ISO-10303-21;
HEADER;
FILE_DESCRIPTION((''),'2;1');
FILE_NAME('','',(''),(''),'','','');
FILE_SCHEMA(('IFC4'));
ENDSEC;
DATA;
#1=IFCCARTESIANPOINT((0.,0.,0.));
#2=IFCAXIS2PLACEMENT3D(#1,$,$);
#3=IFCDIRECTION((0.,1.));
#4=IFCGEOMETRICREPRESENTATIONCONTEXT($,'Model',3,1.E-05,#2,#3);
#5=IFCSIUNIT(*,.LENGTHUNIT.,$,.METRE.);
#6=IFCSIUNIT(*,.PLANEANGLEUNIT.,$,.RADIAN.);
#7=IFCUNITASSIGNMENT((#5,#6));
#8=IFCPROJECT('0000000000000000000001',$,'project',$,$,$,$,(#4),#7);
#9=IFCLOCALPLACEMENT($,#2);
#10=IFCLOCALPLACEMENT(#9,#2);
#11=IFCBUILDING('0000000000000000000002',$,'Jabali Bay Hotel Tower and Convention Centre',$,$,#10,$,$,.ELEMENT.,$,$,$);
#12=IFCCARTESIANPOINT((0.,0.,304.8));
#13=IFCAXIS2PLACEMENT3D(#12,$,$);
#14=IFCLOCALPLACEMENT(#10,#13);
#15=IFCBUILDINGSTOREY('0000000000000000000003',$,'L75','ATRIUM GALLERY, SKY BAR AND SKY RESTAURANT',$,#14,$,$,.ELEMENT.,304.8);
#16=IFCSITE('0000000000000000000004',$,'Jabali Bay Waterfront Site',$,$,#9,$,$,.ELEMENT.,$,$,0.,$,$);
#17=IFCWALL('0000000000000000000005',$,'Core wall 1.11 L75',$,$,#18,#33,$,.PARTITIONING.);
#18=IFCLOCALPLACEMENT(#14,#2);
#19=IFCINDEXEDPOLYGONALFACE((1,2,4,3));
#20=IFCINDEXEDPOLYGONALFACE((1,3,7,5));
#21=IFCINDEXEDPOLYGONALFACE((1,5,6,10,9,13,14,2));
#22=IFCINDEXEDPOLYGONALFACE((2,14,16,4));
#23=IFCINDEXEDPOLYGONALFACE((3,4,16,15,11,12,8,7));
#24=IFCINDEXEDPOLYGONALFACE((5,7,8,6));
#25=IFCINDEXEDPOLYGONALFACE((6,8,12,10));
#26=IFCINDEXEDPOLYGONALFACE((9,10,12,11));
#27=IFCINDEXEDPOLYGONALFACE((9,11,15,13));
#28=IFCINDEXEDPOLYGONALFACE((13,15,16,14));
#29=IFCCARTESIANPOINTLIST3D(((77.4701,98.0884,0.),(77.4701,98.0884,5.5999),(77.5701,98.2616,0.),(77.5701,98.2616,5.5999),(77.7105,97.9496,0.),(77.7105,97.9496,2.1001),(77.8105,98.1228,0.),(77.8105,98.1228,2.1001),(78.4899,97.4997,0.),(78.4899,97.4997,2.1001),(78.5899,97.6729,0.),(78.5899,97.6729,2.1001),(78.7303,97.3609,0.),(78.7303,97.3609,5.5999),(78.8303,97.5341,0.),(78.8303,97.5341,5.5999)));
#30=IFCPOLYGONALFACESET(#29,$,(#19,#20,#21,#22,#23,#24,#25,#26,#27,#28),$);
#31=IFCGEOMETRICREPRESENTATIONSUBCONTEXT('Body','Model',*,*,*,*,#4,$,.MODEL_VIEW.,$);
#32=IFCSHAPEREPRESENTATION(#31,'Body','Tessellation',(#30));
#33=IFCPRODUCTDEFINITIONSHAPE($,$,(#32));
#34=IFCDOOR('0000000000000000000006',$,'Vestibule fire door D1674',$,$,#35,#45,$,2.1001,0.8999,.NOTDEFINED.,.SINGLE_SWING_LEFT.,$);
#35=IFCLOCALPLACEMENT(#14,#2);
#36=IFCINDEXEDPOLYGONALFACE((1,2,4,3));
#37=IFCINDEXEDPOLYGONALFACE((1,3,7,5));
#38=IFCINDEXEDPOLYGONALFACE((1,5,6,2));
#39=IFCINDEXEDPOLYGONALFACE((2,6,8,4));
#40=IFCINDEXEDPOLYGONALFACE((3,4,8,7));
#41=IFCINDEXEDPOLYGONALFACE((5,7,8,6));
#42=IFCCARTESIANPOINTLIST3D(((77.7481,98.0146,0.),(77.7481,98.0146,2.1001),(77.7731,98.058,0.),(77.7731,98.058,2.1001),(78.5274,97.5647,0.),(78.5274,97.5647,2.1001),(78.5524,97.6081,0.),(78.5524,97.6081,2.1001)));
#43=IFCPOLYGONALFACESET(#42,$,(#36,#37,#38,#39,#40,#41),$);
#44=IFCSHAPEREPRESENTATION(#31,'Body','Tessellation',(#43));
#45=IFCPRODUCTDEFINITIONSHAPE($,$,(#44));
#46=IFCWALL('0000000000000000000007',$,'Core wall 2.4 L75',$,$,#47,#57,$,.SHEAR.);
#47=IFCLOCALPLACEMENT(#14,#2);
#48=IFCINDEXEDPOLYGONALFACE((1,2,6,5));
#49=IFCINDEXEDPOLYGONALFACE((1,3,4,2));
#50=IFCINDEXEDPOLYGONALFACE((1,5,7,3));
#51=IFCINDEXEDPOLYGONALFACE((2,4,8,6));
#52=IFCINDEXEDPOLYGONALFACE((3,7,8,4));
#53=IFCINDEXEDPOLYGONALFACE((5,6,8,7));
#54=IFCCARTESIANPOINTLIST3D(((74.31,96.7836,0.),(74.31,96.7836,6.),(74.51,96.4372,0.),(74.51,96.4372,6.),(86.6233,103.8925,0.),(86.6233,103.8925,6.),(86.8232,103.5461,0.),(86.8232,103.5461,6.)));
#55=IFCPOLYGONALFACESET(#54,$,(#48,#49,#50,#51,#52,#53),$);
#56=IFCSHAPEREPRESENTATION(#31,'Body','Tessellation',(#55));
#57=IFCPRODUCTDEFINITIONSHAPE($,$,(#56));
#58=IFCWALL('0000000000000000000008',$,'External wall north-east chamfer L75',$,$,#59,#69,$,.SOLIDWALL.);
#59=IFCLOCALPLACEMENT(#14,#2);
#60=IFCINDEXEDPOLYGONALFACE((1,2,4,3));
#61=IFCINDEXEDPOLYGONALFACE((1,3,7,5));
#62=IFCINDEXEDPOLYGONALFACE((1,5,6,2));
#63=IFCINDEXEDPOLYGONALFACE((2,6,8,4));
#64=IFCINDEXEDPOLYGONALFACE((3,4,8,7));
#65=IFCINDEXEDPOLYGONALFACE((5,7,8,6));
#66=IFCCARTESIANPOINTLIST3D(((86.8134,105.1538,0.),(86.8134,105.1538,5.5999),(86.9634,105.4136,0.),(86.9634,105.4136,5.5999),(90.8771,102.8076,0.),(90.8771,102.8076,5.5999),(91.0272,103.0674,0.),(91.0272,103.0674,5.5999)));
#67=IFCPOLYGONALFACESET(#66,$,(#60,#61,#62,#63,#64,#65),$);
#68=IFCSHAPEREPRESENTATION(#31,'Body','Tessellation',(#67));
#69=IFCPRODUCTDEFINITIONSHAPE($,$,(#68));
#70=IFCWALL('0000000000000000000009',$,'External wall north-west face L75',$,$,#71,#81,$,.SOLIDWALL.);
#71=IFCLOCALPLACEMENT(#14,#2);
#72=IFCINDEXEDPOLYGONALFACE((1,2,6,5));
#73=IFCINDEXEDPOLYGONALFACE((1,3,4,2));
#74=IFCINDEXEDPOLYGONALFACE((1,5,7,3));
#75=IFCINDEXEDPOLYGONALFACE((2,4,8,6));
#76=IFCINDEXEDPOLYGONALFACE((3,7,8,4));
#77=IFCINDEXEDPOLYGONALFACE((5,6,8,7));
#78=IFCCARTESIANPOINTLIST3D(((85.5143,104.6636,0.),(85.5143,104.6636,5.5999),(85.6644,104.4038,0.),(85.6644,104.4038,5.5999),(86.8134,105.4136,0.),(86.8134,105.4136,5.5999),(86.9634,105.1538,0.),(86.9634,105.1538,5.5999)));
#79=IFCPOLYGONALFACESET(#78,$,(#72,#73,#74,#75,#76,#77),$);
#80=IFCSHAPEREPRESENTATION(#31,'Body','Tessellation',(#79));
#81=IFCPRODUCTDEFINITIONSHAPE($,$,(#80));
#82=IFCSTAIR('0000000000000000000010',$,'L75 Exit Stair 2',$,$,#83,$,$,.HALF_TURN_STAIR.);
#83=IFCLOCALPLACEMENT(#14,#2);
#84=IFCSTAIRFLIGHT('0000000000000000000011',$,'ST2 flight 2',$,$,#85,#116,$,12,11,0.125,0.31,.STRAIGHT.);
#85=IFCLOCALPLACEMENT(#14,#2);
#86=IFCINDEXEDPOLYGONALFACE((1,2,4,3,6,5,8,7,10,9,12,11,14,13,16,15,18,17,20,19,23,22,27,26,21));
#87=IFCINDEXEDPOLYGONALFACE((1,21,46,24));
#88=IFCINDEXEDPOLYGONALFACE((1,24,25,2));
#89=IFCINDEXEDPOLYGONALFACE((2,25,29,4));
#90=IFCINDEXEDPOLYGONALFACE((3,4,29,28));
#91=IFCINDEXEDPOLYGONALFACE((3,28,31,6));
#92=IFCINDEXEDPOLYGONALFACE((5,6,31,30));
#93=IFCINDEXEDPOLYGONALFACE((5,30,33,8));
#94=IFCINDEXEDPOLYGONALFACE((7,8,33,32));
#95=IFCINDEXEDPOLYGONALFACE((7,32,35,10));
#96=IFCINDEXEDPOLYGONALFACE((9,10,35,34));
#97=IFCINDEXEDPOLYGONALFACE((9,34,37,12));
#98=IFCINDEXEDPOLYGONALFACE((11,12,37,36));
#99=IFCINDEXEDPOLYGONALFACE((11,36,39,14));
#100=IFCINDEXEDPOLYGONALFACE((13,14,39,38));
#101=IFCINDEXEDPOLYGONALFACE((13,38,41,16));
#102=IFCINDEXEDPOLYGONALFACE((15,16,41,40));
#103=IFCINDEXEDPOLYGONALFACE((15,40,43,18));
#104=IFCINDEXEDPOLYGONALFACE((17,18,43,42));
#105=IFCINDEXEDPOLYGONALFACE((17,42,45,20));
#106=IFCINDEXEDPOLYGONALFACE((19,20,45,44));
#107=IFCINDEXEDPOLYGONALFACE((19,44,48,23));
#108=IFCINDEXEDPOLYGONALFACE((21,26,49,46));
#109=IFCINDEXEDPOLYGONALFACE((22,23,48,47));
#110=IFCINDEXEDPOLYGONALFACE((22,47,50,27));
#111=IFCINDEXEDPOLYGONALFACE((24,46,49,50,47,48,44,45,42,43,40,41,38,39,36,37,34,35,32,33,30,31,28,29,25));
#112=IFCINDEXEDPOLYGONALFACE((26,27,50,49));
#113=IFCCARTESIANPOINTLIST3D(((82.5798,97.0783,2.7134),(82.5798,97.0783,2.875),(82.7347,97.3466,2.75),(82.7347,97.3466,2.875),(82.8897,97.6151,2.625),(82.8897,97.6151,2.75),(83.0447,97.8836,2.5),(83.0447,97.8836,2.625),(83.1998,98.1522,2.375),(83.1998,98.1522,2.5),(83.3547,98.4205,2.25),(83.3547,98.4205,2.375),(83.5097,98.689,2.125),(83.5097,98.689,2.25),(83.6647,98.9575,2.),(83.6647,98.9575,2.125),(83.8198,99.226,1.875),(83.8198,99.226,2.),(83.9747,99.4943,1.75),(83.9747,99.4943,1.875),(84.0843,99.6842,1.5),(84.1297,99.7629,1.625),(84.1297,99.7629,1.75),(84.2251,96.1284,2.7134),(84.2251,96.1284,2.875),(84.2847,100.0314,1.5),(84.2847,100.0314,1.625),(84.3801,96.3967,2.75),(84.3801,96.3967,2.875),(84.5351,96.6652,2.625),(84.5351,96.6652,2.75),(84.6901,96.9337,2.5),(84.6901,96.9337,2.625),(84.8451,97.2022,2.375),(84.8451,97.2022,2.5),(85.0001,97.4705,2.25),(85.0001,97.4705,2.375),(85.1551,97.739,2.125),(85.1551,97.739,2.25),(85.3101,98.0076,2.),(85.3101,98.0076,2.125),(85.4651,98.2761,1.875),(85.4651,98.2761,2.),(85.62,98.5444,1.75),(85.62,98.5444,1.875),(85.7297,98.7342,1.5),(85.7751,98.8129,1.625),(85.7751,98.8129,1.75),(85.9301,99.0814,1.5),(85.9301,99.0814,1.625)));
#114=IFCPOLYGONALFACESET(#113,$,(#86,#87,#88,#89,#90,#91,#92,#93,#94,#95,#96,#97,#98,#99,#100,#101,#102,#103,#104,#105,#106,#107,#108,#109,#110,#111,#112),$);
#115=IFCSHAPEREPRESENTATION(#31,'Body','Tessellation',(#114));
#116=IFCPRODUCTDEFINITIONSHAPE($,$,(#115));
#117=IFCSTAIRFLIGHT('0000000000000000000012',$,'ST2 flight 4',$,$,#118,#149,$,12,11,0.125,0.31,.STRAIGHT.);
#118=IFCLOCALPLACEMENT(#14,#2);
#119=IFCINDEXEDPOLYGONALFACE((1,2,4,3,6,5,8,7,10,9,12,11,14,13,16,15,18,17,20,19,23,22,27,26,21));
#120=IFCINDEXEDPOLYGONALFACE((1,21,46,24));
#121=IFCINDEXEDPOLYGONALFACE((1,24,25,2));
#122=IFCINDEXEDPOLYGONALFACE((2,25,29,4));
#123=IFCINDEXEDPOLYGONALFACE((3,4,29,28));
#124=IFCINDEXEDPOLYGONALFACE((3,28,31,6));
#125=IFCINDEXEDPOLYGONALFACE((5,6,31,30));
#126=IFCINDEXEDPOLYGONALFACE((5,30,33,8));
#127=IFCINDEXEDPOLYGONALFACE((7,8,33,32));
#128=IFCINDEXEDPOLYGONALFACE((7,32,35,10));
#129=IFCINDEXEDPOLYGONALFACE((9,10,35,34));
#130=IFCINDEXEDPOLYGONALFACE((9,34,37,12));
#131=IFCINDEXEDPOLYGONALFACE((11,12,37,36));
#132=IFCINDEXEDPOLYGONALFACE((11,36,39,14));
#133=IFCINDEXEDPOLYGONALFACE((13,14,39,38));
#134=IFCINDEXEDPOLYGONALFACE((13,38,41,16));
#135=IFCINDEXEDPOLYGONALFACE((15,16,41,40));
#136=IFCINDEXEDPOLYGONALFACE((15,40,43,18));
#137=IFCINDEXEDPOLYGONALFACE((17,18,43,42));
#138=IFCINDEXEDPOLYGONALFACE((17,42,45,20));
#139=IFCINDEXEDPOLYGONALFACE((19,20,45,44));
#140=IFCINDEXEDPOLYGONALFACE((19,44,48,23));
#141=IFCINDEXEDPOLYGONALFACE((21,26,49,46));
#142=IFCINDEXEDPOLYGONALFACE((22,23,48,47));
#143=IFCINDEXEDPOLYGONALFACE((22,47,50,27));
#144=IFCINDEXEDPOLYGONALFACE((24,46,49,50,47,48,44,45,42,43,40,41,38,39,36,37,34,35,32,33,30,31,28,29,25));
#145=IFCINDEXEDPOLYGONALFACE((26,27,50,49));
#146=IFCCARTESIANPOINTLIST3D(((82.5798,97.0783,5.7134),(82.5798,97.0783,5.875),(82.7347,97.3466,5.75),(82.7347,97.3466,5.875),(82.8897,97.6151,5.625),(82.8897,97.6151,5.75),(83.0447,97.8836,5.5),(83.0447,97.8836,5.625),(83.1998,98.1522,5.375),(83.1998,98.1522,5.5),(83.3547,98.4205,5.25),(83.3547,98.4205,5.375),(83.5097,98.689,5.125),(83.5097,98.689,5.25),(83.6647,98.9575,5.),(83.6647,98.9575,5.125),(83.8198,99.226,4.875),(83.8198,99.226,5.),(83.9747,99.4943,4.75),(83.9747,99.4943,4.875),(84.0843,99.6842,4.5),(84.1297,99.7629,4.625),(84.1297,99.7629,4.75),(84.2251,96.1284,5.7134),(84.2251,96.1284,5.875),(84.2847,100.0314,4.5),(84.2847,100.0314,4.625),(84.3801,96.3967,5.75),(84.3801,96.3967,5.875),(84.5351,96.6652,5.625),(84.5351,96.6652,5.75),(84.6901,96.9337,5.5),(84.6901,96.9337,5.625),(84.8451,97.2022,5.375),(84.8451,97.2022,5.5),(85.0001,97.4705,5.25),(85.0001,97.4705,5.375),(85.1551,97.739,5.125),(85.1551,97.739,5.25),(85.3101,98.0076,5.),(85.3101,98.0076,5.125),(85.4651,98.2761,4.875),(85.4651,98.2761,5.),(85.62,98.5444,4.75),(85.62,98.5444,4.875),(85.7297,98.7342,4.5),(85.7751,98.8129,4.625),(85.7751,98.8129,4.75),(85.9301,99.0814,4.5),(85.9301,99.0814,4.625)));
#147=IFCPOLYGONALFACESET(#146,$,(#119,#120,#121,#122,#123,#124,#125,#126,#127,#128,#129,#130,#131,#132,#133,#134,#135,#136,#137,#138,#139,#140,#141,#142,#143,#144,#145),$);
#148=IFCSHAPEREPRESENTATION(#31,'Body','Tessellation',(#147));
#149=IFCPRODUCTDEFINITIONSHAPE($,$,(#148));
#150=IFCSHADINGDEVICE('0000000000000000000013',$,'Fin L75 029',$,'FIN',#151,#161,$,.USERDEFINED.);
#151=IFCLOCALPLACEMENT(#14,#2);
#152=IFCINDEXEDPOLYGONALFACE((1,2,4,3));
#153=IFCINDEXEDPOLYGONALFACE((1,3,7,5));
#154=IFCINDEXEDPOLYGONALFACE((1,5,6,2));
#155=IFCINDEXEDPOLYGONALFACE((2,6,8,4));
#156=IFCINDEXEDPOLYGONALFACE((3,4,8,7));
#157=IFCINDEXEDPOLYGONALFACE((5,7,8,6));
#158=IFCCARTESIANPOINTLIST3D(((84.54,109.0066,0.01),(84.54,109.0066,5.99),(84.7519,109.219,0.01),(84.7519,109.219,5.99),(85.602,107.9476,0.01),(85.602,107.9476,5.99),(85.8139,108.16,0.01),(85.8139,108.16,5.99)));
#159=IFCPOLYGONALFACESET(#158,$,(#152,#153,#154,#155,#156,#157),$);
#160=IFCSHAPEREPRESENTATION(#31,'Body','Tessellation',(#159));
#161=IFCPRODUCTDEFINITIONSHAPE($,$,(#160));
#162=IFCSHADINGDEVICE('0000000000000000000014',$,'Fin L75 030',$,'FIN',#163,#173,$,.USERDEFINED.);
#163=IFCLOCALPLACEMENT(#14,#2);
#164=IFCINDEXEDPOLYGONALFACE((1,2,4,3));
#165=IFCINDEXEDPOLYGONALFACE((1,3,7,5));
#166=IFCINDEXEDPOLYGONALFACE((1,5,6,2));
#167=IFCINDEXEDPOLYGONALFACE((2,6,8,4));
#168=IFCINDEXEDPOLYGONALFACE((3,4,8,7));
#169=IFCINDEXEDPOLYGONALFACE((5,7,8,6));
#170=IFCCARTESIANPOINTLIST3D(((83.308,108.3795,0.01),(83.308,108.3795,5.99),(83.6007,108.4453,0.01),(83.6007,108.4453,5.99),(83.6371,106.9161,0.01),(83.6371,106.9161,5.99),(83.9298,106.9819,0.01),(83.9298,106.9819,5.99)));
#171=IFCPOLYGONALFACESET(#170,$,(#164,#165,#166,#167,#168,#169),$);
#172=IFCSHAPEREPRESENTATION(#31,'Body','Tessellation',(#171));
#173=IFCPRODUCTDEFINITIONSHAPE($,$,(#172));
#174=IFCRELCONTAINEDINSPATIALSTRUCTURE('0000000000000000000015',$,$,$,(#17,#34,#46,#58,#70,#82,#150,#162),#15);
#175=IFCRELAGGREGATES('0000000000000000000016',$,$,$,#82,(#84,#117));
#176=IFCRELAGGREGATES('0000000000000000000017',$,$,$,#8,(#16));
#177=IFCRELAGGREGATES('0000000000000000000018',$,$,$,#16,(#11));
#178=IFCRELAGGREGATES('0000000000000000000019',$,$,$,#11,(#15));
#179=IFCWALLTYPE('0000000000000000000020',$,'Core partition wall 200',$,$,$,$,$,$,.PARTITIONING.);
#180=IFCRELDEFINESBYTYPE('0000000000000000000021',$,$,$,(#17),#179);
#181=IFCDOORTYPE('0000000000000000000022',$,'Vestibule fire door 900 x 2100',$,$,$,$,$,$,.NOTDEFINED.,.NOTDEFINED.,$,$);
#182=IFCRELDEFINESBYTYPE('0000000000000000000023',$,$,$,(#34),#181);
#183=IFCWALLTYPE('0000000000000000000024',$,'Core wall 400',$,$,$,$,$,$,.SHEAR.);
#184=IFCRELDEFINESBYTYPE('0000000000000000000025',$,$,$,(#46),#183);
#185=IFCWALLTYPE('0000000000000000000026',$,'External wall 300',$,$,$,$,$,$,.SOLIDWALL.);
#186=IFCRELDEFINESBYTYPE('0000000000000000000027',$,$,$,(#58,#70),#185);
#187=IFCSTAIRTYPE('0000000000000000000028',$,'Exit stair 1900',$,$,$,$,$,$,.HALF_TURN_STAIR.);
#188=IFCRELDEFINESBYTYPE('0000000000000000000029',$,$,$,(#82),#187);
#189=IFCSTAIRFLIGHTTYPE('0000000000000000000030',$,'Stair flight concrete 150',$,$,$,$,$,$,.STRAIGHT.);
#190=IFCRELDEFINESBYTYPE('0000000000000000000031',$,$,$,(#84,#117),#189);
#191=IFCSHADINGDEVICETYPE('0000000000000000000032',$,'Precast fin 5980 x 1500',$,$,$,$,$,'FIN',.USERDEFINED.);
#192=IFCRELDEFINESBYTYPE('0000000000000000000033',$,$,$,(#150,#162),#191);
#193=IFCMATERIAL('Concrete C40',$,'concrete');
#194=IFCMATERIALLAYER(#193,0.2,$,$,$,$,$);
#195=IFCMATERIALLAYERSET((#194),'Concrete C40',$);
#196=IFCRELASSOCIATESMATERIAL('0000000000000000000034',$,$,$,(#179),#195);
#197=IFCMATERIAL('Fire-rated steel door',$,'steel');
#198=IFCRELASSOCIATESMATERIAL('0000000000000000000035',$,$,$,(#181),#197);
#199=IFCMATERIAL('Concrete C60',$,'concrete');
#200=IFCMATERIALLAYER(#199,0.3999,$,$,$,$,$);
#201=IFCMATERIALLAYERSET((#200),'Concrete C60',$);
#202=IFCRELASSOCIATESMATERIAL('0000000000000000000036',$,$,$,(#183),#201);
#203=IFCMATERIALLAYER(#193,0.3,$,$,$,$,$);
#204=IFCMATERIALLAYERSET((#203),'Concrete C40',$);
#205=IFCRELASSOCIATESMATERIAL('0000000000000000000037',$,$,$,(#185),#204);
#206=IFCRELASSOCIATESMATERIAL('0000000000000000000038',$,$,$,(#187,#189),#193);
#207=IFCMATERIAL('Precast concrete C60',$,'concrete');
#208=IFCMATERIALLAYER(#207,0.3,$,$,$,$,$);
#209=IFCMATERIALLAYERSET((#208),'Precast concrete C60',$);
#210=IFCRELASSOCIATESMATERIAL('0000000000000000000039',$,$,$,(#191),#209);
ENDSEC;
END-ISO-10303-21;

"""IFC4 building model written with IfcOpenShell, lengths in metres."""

from ifc_helpers import new_model, si_unit, direction, frame, frame_2d, origin, place, context, subcontext, project, spatial, polyline, rectangle, outline, extrude, material, layer, layer_set, type_object, element, fill, aggregate, save


model = new_model("IFC4")

# Units and contexts
model_context = context("Model", 3, precision=1e-05, world=origin(), true_north=direction((0.0, 1.0)))
body_context = subcontext(model_context, "Body", "Model", "MODEL_VIEW")
ifc_project = project(units=[si_unit("LENGTHUNIT", "METRE"), si_unit("PLANEANGLEUNIT", "RADIAN")], contexts=[model_context])

# Site, building, storey
site_placement = place(None, origin())
site = spatial("IfcSite", under=ifc_project, at=site_placement, Name="Jabali Bay Waterfront Site", CompositionType="ELEMENT", RefElevation=0.0)
building_placement = place(site_placement, origin())
building = spatial("IfcBuilding", under=site, at=building_placement, Name="Jabali Bay Hotel Tower and Convention Centre", CompositionType="ELEMENT")
storey_placement = place(building_placement, frame((0.0, 0.0, 304.8)))
storey = spatial("IfcBuildingStorey", under=building, at=storey_placement, Name="L75", Description="ATRIUM GALLERY, SKY BAR AND SKY RESTAURANT", CompositionType="ELEMENT", Elevation=304.8)

# Shared definitions
ifc_material_1 = material(Name="Concrete C60", Category="concrete")

# Shared definitions
ifc_material_2 = material(Name="Concrete C40", Category="concrete")
ifc_layer_1 = layer(ifc_material_2, 0.2)
ifc_layer_set_1 = layer_set([ifc_layer_1], Name="Concrete C40")
wall_type_1 = type_object("IfcWallType", Name="Core partition wall 200", PredefinedType="PARTITIONING", material=ifc_layer_set_1)

# Wall, opening, door
wall_1_placement = place(storey_placement, frame((78.7803, 97.4475, 0.0), z_axis=(0.0, 0.0, 1.0), x_axis=(-0.866046, 0.499965, 0.0)))
wall_1 = element("IfcWall", 1, at=wall_1_placement, inside=storey, type_object=wall_type_1, Name="Core wall 1.11 L75", PredefinedType="PARTITIONING", context=body_context, shape_type="SweptSolid", body=[
    extrude(rectangle(XDim=1.4551, YDim=0.2, at=frame_2d((0.7275, 0.0))), origin(), (0.0, 0.0, 1.0), 5.5999),
])
opening_placement = place(wall_1_placement, frame((0.2776, 0.0, 0.0)))
opening = element("IfcOpeningElement", 2, at=opening_placement, cuts=wall_1, PredefinedType="OPENING", context=body_context, shape_type="SweptSolid", body=[
    extrude(rectangle(XDim=0.8999, YDim=2.1001, at=frame_2d((0.45, 1.05))), frame((0.0, 0.1104, 0.0), z_axis=(0.0, -1.0, 0.0), x_axis=(1.0, 0.0, 0.0)), (0.0, 0.0, 1.0), 0.2209),
])
ifc_material_3 = material(Name="Fire-rated steel door", Category="steel")
door_type = type_object("IfcDoorType", Name="Vestibule fire door 900 x 2100", OperationType="NOTDEFINED", PredefinedType="NOTDEFINED", material=ifc_material_3)
door_placement = place(opening_placement, origin())
door = element("IfcDoor", 3, at=door_placement, inside=storey, type_object=door_type, Name="Vestibule fire door D1674", OperationType="SINGLE_SWING_LEFT", OverallHeight=2.1001, OverallWidth=0.8999, PredefinedType="NOTDEFINED", context=body_context, shape_type="SweptSolid", body=[
    extrude(rectangle(XDim=0.8999, YDim=2.1001, at=frame_2d((0.45, 1.05))), frame((0.0, 0.0249, 0.0), z_axis=(0.0, -1.0, 0.0), x_axis=(1.0, 0.0, 0.0)), (0.0, 0.0, 1.0), 0.05),
])
fill(opening, door)

# Walls
ifc_layer_2 = layer(ifc_material_1, 0.3999)
ifc_layer_set_2 = layer_set([ifc_layer_2], Name="Concrete C60")
wall_type_2 = type_object("IfcWallType", Name="Core wall 400", PredefinedType="SHEAR", material=ifc_layer_set_2)
wall_2_placement = place(storey_placement, frame((86.7231, 103.7192, 0.0), z_axis=(0.0, 0.0, 1.0), x_axis=(-0.86603, -0.499991, 0.0)))
element("IfcWall", 4, at=wall_2_placement, inside=storey, type_object=wall_type_2, Name="Core wall 2.4 L75", PredefinedType="SHEAR", context=body_context, shape_type="SweptSolid", body=[
    extrude(rectangle(XDim=14.218, YDim=0.3999, at=frame_2d((7.1089, 0.0))), origin(), (0.0, 0.0, 1.0), 6.0),
])
ifc_layer_3 = layer(ifc_material_2, 0.3)
ifc_layer_set_3 = layer_set([ifc_layer_3], Name="Concrete C40")
wall_type_3 = type_object("IfcWallType", Name="External wall 300", PredefinedType="SOLIDWALL", material=ifc_layer_set_3)
wall_3_placement = place(storey_placement, frame((86.8884, 105.2837, 0.0), z_axis=(0.0, 0.0, 1.0), x_axis=(0.866025, -0.5, 0.0)))
element("IfcWall", 5, at=wall_3_placement, inside=storey, type_object=wall_type_3, Name="External wall north-east chamfer L75", PredefinedType="SOLIDWALL", context=body_context, shape_type="SweptSolid", body=[
    extrude(rectangle(XDim=4.6924, YDim=0.3, at=frame_2d((2.3462, 0.0))), origin(), (0.0, 0.0, 1.0), 5.5999),
])
wall_4_placement = place(storey_placement, frame((85.5894, 104.5337, 0.0), z_axis=(0.0, 0.0, 1.0), x_axis=(0.866031, 0.49999, 0.0)))
element("IfcWall", 6, at=wall_4_placement, inside=storey, type_object=wall_type_3, Name="External wall north-west face L75", PredefinedType="SOLIDWALL", context=body_context, shape_type="SweptSolid", body=[
    extrude(rectangle(XDim=1.5, YDim=0.3, at=frame_2d((0.75, 0.0))), origin(), (0.0, 0.0, 1.0), 5.5999),
])

# Stair, stair flights
stair_type = type_object("IfcStairType", Name="Exit stair 1900", PredefinedType="HALF_TURN_STAIR", material=ifc_material_2)
stair_placement = place(storey_placement, origin())
stair = element("IfcStair", 7, at=stair_placement, inside=storey, type_object=stair_type, Name="L75 Exit Stair 2", PredefinedType="HALF_TURN_STAIR")
stair_flight_type = type_object("IfcStairFlightType", Name="Stair flight concrete 150", PredefinedType="STRAIGHT", material=ifc_material_2)
stair_flight_1_placement = place(storey_placement, frame((85.1074, 99.5564, 1.5), z_axis=(0.0, 0.0, 1.0), x_axis=(-0.5, -0.866025, 0.0)))
stair_flight_1 = element("IfcStairFlight", 8, at=stair_flight_1_placement, type_object=stair_flight_type, Name="ST2 flight 2", NumberOfRisers=12, NumberOfTreads=11, PredefinedType="STRAIGHT", RiserHeight=0.125, TreadLength=0.31, context=body_context, shape_type="SweptSolid", body=[
    extrude(outline(polyline([(0.0, 0.0), (0.0, 0.125), (0.3101, 0.125), (0.3101, 0.25), (0.6201, 0.25), (0.6201, 0.375), (0.9299, 0.375), (0.9299, 0.5), (1.24, 0.5), (1.24, 0.625), (1.55, 0.625), (1.55, 0.75), (1.8601, 0.75), (1.8601, 0.875), (2.1699, 0.875), (2.1699, 1.0), (2.48, 1.0), (2.48, 1.125), (2.79, 1.125), (2.79, 1.25), (3.1001, 1.25), (3.1001, 1.375), (3.4099, 1.375), (3.4099, 1.5), (3.4099, 1.2134), (0.4009, 0.0), (0.0, 0.0)])), frame((0.0, 0.95, 0.0), z_axis=(0.0, -1.0, 0.0), x_axis=(1.0, 0.0, 0.0)), (0.0, 0.0, 1.0), 1.8999),
])
stair_flight_2_placement = place(storey_placement, frame((85.1074, 99.5564, 4.5), z_axis=(0.0, 0.0, 1.0), x_axis=(-0.5, -0.866025, 0.0)))
stair_flight_2 = element("IfcStairFlight", 9, at=stair_flight_2_placement, type_object=stair_flight_type, Name="ST2 flight 4", NumberOfRisers=12, NumberOfTreads=11, PredefinedType="STRAIGHT", RiserHeight=0.125, TreadLength=0.31, context=body_context, shape_type="SweptSolid", body=[
    extrude(outline(polyline([(0.0, 0.0), (0.0, 0.125), (0.3101, 0.125), (0.3101, 0.25), (0.6201, 0.25), (0.6201, 0.375), (0.9299, 0.375), (0.9299, 0.5), (1.24, 0.5), (1.24, 0.625), (1.55, 0.625), (1.55, 0.75), (1.8601, 0.75), (1.8601, 0.875), (2.1699, 0.875), (2.1699, 1.0), (2.48, 1.0), (2.48, 1.125), (2.79, 1.125), (2.79, 1.25), (3.1001, 1.25), (3.1001, 1.375), (3.4099, 1.375), (3.4099, 1.5), (3.4099, 1.2134), (0.4009, 0.0), (0.0, 0.0)])), frame((0.0, 0.95, 0.0), z_axis=(0.0, -1.0, 0.0), x_axis=(1.0, 0.0, 0.0)), (0.0, 0.0, 1.0), 1.8999),
])
aggregate(stair, [stair_flight_1, stair_flight_2])

# Shading devices
ifc_material_4 = material(Name="Precast concrete C60", Category="concrete")
ifc_layer_4 = layer(ifc_material_4, 0.3)
ifc_layer_set_4 = layer_set([ifc_layer_4], Name="Precast concrete C60")
shading_device_type = type_object("IfcShadingDeviceType", Name="Precast fin 5980 x 1500", ElementType="FIN", PredefinedType="USERDEFINED", material=ifc_layer_set_4)
shading_device_1_placement = place(storey_placement, frame((85.708, 108.0537, 0.01), z_axis=(0.0, 0.0, 1.0), x_axis=(-0.708083, 0.706129, 0.0)))
element("IfcShadingDevice", 10, at=shading_device_1_placement, inside=storey, type_object=shading_device_type, Name="Fin L75 029", ObjectType="FIN", PredefinedType="USERDEFINED", context=body_context, shape_type="SweptSolid", body=[
    extrude(rectangle(XDim=1.4998, YDim=0.3, at=frame_2d((0.75, 0.0))), origin(), (0.0, 0.0, 1.0), 5.98),
])
for number, where, z_axis, x_axis, name in (
    (11, (83.7834, 106.949, 0.01), (0.0, 0.0, 1.0), (-0.219411, 0.975632, 0.0), "Fin L75 030"),
):
    element("IfcShadingDevice", number, at=place(storey_placement, frame(where, z_axis=z_axis, x_axis=x_axis)), inside=storey, type_object=shading_device_type, Name=name, ObjectType="FIN", PredefinedType="USERDEFINED", context=body_context, shape_type="SweptSolid", body=[
        extrude(rectangle(XDim=1.5, YDim=0.3, at=frame_2d((0.75, 0.0))), origin(), (0.0, 0.0, 1.0), 5.98),
    ])

save(model, "model.ifc")
